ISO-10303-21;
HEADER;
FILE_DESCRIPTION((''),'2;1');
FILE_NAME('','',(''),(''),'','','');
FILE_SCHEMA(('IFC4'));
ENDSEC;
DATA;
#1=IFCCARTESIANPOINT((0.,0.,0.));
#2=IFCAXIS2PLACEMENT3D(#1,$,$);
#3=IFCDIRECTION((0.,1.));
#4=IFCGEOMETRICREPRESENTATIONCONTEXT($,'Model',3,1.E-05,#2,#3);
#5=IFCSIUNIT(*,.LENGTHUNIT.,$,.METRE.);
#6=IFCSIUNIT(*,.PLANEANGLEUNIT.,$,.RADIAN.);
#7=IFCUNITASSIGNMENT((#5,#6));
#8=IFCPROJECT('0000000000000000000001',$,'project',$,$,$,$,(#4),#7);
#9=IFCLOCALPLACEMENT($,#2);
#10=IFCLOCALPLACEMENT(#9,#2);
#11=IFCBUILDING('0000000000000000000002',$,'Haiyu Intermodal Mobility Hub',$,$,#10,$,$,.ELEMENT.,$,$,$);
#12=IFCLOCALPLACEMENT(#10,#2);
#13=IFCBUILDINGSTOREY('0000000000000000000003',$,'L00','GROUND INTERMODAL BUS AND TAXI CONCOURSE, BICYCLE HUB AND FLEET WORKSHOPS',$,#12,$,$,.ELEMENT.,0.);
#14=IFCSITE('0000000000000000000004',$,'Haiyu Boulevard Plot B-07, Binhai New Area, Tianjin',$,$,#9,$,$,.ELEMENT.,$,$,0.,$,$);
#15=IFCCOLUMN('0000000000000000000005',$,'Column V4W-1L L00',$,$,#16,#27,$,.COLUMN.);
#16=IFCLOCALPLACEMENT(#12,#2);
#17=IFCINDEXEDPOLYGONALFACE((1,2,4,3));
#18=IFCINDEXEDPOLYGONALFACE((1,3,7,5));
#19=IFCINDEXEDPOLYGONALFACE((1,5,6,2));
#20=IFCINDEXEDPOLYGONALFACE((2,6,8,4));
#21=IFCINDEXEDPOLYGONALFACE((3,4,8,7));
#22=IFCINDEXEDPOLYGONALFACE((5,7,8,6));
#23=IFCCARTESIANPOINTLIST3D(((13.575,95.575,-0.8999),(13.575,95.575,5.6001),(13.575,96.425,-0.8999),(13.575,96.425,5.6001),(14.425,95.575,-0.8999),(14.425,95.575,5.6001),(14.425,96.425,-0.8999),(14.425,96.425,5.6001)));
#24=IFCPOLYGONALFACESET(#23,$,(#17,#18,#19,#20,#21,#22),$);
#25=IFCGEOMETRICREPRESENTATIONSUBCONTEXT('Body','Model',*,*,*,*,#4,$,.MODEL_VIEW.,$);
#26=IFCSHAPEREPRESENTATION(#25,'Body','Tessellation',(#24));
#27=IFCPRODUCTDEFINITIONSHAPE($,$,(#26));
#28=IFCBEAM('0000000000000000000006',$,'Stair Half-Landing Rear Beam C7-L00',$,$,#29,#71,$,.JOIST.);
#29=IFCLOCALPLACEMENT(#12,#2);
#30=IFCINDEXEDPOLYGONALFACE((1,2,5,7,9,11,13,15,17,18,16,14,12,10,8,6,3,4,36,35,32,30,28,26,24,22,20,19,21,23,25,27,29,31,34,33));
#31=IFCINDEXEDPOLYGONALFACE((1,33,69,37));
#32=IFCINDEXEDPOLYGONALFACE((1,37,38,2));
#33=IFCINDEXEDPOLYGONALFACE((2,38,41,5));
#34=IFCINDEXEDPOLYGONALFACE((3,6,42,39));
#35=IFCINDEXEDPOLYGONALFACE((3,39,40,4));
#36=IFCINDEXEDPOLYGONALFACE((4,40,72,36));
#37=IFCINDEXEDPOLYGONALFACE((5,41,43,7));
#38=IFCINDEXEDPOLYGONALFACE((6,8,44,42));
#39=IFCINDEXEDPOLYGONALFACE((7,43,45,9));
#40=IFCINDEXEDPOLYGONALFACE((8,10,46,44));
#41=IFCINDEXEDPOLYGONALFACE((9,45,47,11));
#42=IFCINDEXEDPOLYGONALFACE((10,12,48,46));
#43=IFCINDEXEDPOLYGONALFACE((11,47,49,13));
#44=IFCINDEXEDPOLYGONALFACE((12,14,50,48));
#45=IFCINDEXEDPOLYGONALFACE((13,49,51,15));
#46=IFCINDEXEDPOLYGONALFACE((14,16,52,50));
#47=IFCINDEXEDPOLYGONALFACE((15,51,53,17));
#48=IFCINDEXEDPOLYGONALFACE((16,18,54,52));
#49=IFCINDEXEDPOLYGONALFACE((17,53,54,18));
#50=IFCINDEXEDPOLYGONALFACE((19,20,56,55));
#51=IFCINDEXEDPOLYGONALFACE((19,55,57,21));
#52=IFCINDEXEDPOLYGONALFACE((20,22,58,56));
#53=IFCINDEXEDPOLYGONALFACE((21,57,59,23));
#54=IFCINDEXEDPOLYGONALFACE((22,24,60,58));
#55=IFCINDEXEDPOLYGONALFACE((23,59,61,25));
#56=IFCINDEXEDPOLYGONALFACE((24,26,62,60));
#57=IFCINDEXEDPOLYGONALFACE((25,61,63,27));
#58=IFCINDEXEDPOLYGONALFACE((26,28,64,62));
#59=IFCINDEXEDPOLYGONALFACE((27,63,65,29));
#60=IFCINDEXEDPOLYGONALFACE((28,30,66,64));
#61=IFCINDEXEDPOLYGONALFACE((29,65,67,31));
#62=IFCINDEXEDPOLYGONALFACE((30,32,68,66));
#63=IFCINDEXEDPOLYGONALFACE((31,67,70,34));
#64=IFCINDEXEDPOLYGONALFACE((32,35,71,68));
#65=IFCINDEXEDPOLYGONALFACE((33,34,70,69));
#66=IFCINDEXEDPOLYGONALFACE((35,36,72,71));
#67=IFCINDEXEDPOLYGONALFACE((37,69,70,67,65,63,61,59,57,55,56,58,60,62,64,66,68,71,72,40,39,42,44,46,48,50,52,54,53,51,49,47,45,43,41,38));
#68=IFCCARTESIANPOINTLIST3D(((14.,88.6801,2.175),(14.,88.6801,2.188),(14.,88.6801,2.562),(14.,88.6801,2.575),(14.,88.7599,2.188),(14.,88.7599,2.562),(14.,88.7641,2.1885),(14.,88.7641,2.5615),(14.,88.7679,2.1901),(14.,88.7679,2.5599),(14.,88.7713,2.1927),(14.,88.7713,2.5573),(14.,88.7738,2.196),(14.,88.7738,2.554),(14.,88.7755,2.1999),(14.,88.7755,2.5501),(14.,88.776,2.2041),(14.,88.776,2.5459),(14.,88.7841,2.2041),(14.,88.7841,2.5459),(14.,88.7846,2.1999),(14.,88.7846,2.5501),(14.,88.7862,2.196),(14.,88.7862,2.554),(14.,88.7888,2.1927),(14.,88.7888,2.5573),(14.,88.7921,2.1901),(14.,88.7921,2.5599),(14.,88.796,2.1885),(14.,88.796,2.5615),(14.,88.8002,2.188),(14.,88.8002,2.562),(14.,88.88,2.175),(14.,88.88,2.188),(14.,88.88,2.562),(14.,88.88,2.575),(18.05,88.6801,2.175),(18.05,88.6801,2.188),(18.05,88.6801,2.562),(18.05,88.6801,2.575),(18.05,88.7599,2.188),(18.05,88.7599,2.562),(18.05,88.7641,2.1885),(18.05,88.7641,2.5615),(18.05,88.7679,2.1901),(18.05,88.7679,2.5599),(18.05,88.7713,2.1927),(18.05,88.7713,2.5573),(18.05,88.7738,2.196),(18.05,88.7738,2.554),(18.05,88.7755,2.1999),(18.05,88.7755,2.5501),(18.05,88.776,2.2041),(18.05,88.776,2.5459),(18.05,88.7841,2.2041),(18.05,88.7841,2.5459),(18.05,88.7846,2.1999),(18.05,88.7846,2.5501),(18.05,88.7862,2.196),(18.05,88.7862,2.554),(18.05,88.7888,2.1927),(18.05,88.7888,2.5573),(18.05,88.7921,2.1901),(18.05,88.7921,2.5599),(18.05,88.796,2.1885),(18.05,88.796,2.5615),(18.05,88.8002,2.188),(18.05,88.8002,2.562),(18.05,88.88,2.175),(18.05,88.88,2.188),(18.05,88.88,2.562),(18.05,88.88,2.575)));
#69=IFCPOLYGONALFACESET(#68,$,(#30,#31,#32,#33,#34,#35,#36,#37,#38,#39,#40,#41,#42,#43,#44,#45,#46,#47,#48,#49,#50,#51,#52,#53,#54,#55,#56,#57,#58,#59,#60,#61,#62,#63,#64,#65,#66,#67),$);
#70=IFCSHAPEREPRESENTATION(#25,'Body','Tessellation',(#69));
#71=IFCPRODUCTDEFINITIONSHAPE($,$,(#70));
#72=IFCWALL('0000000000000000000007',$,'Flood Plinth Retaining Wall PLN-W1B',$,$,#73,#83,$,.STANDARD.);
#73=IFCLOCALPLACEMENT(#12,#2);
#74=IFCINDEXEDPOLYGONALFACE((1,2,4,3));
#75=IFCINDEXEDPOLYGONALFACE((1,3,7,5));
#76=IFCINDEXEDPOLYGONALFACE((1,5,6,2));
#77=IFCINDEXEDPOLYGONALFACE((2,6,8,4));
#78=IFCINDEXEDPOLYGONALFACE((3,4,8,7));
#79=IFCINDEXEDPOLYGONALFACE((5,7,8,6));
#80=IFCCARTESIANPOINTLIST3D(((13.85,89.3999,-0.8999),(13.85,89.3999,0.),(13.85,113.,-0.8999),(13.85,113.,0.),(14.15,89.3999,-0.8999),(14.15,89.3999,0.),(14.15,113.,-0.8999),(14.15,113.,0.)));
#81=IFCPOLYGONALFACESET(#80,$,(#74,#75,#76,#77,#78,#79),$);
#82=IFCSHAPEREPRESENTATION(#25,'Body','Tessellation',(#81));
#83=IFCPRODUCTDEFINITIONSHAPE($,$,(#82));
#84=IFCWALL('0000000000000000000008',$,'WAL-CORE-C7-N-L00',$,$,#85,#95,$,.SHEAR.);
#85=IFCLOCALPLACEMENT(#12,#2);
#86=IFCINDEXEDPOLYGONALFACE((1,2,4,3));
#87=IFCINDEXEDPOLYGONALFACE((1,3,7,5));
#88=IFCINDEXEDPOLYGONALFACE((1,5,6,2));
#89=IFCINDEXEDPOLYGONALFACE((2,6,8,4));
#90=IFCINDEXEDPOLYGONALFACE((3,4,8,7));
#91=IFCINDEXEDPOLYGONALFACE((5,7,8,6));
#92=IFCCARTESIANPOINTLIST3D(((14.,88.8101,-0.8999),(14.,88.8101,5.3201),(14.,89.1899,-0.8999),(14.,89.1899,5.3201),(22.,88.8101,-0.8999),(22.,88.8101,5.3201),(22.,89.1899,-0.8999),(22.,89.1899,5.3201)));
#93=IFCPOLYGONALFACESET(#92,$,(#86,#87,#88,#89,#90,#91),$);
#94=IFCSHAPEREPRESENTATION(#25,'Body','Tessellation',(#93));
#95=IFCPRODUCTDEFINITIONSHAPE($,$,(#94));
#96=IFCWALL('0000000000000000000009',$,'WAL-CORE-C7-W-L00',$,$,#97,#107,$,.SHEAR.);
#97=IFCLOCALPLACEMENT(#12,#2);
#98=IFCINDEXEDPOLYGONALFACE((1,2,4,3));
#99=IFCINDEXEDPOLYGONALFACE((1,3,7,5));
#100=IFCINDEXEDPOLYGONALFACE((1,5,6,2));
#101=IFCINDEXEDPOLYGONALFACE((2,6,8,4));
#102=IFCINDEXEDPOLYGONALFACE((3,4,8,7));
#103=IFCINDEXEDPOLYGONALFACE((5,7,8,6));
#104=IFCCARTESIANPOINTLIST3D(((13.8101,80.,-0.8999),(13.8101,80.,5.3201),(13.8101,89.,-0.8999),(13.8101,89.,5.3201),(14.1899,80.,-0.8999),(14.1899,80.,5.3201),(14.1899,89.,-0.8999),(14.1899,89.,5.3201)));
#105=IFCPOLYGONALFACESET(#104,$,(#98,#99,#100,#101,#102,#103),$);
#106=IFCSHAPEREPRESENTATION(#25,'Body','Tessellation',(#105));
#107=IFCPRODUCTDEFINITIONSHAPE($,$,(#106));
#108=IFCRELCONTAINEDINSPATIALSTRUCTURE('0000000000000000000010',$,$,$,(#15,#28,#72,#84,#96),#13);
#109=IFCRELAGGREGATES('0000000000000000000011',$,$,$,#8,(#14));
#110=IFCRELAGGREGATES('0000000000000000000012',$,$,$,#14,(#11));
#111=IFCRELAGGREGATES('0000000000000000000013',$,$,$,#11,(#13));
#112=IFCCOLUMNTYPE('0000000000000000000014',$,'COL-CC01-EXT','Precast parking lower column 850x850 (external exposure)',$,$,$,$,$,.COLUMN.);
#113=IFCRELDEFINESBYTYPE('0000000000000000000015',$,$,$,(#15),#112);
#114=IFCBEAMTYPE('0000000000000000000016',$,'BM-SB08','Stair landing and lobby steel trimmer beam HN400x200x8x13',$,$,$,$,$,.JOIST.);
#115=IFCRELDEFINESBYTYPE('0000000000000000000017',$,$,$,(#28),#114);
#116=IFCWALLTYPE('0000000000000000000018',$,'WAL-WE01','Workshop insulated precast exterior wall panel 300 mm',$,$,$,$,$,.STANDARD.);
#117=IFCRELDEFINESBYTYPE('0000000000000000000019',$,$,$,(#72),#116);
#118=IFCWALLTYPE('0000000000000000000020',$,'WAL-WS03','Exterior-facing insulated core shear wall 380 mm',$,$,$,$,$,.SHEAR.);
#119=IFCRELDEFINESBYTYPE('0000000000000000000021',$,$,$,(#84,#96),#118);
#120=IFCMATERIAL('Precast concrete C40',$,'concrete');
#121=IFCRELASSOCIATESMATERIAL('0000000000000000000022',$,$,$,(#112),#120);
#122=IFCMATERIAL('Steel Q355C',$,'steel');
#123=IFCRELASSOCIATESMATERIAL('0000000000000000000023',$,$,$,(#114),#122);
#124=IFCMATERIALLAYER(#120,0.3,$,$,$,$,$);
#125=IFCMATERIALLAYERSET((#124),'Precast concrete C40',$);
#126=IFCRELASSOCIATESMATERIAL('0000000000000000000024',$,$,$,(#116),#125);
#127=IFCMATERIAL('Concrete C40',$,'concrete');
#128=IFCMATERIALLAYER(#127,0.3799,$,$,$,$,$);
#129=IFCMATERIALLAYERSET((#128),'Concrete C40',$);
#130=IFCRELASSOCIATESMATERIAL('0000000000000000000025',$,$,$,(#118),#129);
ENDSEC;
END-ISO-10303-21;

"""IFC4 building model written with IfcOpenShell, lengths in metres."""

from ifc_helpers import new_model, si_unit, direction, frame, frame_2d, origin, origin_2d, place, context, subcontext, project, spatial, rectangle, i_section, extrude, material, layer, layer_set, material_profile, profile_set, type_object, element, save


model = new_model("IFC4")

# Units and contexts
model_context = context("Model", 3, precision=1e-05, world=origin(), true_north=direction((0.0, 1.0)))
body_context = subcontext(model_context, "Body", "Model", "MODEL_VIEW")
ifc_project = project(units=[si_unit("LENGTHUNIT", "METRE"), si_unit("PLANEANGLEUNIT", "RADIAN")], contexts=[model_context])

# Site, building, storey
site_placement = place(None, origin())
site = spatial("IfcSite", under=ifc_project, at=site_placement, Name="Haiyu Boulevard Plot B-07, Binhai New Area, Tianjin", CompositionType="ELEMENT", RefElevation=0.0)
building_placement = place(site_placement, origin())
building = spatial("IfcBuilding", under=site, at=building_placement, Name="Haiyu Intermodal Mobility Hub", CompositionType="ELEMENT")
storey_placement = place(building_placement, origin())
storey = spatial("IfcBuildingStorey", under=building, at=storey_placement, Name="L00", Description="GROUND INTERMODAL BUS AND TAXI CONCOURSE, BICYCLE HUB AND FLEET WORKSHOPS", CompositionType="ELEMENT", Elevation=0.0)

# Shared definitions
ifc_material_1 = material(Name="Concrete C40", Category="concrete")

# Column
ifc_material_2 = material(Name="Precast concrete C40", Category="concrete")
ifc_material_profile_1 = material_profile(ifc_material_2, rectangle(XDim=0.8501, YDim=0.8501, at=origin_2d()), Name="RC850x850")
ifc_profile_set_1 = profile_set([ifc_material_profile_1], Name="Precast concrete C40")
column_type_1 = type_object("IfcColumnType", Name="COL-CC01-EXT", Description="Precast parking lower column 850x850 (external exposure)", PredefinedType="COLUMN", material=ifc_profile_set_1)
column_1_placement = place(storey_placement, frame((14.0, 96.0, -0.8999), z_axis=(0.0, 0.0, 1.0), x_axis=(1.0, 0.0, 0.0)))
element("IfcColumn", 1, at=column_1_placement, inside=storey, type_object=column_type_1, Name="Column V4W-1L L00", PredefinedType="COLUMN", context=body_context, shape_type="SweptSolid", body=[
    extrude(rectangle(XDim=0.8501, YDim=0.8501, at=origin_2d()), origin(), (0.0, 0.0, 1.0), 6.5),
])

# Beam
ifc_material_3 = material(Name="Steel Q355C", Category="steel")
ifc_material_profile_2 = material_profile(ifc_material_3, i_section(OverallWidth=0.2, OverallDepth=0.3999, WebThickness=0.0081, FlangeThickness=0.0129, FilletRadius=0.0161, at=origin_2d()), Name="HN400x200x8x13")
ifc_profile_set_2 = profile_set([ifc_material_profile_2], Name="Steel Q355C")
beam_type = type_object("IfcBeamType", Name="BM-SB08", Description="Stair landing and lobby steel trimmer beam HN400x200x8x13", PredefinedType="JOIST", material=ifc_profile_set_2)
beam_placement = place(storey_placement, frame((14.0, 88.78, 2.375), z_axis=(1.0, 0.0, 0.0), x_axis=(0.0, 1.0, 0.0)))
element("IfcBeam", 2, at=beam_placement, inside=storey, type_object=beam_type, Name="Stair Half-Landing Rear Beam C7-L00", PredefinedType="JOIST", context=body_context, shape_type="SweptSolid", body=[
    extrude(i_section(OverallWidth=0.2, OverallDepth=0.3999, WebThickness=0.0081, FlangeThickness=0.0129, FilletRadius=0.0161, at=origin_2d()), origin(), (0.0, 0.0, 1.0), 4.05),
])

# Wall
ifc_layer_1 = layer(ifc_material_2, 0.3)
ifc_layer_set_1 = layer_set([ifc_layer_1], Name="Precast concrete C40")
wall_type_1 = type_object("IfcWallType", Name="WAL-WE01", Description="Workshop insulated precast exterior wall panel 300 mm", PredefinedType="STANDARD", material=ifc_layer_set_1)
wall_1_placement = place(storey_placement, frame((14.0, 89.3999, -0.8999), z_axis=(0.0, 0.0, 1.0), x_axis=(0.0, 1.0, 0.0)))
element("IfcWall", 3, at=wall_1_placement, inside=storey, type_object=wall_type_1, Name="Flood Plinth Retaining Wall PLN-W1B", PredefinedType="STANDARD", context=body_context, shape_type="SweptSolid", body=[
    extrude(rectangle(XDim=23.6001, YDim=0.3, at=frame_2d((11.8, 0.0))), origin(), (0.0, 0.0, 1.0), 0.8999),
])

# Walls
ifc_layer_2 = layer(ifc_material_1, 0.3799)
ifc_layer_set_2 = layer_set([ifc_layer_2], Name="Concrete C40")
wall_type_2 = type_object("IfcWallType", Name="WAL-WS03", Description="Exterior-facing insulated core shear wall 380 mm", PredefinedType="SHEAR", material=ifc_layer_set_2)
wall_2_placement = place(storey_placement, frame((22.0, 89.0, -0.8999), z_axis=(0.0, 0.0, 1.0), x_axis=(-1.0, 0.0, 0.0)))
element("IfcWall", 4, at=wall_2_placement, inside=storey, type_object=wall_type_2, Name="WAL-CORE-C7-N-L00", PredefinedType="SHEAR", context=body_context, shape_type="SweptSolid", body=[
    extrude(rectangle(XDim=8.0, YDim=0.3799, at=frame_2d((4.0, 0.0))), origin(), (0.0, 0.0, 1.0), 6.22),
])
wall_3_placement = place(storey_placement, frame((14.0, 89.0, -0.8999), z_axis=(0.0, 0.0, 1.0), x_axis=(0.0, -1.0, 0.0)))
element("IfcWall", 5, at=wall_3_placement, inside=storey, type_object=wall_type_2, Name="WAL-CORE-C7-W-L00", PredefinedType="SHEAR", context=body_context, shape_type="SweptSolid", body=[
    extrude(rectangle(XDim=9.0, YDim=0.3799, at=frame_2d((4.5, 0.0))), origin(), (0.0, 0.0, 1.0), 6.22),
])

save(model, "model.ifc")
